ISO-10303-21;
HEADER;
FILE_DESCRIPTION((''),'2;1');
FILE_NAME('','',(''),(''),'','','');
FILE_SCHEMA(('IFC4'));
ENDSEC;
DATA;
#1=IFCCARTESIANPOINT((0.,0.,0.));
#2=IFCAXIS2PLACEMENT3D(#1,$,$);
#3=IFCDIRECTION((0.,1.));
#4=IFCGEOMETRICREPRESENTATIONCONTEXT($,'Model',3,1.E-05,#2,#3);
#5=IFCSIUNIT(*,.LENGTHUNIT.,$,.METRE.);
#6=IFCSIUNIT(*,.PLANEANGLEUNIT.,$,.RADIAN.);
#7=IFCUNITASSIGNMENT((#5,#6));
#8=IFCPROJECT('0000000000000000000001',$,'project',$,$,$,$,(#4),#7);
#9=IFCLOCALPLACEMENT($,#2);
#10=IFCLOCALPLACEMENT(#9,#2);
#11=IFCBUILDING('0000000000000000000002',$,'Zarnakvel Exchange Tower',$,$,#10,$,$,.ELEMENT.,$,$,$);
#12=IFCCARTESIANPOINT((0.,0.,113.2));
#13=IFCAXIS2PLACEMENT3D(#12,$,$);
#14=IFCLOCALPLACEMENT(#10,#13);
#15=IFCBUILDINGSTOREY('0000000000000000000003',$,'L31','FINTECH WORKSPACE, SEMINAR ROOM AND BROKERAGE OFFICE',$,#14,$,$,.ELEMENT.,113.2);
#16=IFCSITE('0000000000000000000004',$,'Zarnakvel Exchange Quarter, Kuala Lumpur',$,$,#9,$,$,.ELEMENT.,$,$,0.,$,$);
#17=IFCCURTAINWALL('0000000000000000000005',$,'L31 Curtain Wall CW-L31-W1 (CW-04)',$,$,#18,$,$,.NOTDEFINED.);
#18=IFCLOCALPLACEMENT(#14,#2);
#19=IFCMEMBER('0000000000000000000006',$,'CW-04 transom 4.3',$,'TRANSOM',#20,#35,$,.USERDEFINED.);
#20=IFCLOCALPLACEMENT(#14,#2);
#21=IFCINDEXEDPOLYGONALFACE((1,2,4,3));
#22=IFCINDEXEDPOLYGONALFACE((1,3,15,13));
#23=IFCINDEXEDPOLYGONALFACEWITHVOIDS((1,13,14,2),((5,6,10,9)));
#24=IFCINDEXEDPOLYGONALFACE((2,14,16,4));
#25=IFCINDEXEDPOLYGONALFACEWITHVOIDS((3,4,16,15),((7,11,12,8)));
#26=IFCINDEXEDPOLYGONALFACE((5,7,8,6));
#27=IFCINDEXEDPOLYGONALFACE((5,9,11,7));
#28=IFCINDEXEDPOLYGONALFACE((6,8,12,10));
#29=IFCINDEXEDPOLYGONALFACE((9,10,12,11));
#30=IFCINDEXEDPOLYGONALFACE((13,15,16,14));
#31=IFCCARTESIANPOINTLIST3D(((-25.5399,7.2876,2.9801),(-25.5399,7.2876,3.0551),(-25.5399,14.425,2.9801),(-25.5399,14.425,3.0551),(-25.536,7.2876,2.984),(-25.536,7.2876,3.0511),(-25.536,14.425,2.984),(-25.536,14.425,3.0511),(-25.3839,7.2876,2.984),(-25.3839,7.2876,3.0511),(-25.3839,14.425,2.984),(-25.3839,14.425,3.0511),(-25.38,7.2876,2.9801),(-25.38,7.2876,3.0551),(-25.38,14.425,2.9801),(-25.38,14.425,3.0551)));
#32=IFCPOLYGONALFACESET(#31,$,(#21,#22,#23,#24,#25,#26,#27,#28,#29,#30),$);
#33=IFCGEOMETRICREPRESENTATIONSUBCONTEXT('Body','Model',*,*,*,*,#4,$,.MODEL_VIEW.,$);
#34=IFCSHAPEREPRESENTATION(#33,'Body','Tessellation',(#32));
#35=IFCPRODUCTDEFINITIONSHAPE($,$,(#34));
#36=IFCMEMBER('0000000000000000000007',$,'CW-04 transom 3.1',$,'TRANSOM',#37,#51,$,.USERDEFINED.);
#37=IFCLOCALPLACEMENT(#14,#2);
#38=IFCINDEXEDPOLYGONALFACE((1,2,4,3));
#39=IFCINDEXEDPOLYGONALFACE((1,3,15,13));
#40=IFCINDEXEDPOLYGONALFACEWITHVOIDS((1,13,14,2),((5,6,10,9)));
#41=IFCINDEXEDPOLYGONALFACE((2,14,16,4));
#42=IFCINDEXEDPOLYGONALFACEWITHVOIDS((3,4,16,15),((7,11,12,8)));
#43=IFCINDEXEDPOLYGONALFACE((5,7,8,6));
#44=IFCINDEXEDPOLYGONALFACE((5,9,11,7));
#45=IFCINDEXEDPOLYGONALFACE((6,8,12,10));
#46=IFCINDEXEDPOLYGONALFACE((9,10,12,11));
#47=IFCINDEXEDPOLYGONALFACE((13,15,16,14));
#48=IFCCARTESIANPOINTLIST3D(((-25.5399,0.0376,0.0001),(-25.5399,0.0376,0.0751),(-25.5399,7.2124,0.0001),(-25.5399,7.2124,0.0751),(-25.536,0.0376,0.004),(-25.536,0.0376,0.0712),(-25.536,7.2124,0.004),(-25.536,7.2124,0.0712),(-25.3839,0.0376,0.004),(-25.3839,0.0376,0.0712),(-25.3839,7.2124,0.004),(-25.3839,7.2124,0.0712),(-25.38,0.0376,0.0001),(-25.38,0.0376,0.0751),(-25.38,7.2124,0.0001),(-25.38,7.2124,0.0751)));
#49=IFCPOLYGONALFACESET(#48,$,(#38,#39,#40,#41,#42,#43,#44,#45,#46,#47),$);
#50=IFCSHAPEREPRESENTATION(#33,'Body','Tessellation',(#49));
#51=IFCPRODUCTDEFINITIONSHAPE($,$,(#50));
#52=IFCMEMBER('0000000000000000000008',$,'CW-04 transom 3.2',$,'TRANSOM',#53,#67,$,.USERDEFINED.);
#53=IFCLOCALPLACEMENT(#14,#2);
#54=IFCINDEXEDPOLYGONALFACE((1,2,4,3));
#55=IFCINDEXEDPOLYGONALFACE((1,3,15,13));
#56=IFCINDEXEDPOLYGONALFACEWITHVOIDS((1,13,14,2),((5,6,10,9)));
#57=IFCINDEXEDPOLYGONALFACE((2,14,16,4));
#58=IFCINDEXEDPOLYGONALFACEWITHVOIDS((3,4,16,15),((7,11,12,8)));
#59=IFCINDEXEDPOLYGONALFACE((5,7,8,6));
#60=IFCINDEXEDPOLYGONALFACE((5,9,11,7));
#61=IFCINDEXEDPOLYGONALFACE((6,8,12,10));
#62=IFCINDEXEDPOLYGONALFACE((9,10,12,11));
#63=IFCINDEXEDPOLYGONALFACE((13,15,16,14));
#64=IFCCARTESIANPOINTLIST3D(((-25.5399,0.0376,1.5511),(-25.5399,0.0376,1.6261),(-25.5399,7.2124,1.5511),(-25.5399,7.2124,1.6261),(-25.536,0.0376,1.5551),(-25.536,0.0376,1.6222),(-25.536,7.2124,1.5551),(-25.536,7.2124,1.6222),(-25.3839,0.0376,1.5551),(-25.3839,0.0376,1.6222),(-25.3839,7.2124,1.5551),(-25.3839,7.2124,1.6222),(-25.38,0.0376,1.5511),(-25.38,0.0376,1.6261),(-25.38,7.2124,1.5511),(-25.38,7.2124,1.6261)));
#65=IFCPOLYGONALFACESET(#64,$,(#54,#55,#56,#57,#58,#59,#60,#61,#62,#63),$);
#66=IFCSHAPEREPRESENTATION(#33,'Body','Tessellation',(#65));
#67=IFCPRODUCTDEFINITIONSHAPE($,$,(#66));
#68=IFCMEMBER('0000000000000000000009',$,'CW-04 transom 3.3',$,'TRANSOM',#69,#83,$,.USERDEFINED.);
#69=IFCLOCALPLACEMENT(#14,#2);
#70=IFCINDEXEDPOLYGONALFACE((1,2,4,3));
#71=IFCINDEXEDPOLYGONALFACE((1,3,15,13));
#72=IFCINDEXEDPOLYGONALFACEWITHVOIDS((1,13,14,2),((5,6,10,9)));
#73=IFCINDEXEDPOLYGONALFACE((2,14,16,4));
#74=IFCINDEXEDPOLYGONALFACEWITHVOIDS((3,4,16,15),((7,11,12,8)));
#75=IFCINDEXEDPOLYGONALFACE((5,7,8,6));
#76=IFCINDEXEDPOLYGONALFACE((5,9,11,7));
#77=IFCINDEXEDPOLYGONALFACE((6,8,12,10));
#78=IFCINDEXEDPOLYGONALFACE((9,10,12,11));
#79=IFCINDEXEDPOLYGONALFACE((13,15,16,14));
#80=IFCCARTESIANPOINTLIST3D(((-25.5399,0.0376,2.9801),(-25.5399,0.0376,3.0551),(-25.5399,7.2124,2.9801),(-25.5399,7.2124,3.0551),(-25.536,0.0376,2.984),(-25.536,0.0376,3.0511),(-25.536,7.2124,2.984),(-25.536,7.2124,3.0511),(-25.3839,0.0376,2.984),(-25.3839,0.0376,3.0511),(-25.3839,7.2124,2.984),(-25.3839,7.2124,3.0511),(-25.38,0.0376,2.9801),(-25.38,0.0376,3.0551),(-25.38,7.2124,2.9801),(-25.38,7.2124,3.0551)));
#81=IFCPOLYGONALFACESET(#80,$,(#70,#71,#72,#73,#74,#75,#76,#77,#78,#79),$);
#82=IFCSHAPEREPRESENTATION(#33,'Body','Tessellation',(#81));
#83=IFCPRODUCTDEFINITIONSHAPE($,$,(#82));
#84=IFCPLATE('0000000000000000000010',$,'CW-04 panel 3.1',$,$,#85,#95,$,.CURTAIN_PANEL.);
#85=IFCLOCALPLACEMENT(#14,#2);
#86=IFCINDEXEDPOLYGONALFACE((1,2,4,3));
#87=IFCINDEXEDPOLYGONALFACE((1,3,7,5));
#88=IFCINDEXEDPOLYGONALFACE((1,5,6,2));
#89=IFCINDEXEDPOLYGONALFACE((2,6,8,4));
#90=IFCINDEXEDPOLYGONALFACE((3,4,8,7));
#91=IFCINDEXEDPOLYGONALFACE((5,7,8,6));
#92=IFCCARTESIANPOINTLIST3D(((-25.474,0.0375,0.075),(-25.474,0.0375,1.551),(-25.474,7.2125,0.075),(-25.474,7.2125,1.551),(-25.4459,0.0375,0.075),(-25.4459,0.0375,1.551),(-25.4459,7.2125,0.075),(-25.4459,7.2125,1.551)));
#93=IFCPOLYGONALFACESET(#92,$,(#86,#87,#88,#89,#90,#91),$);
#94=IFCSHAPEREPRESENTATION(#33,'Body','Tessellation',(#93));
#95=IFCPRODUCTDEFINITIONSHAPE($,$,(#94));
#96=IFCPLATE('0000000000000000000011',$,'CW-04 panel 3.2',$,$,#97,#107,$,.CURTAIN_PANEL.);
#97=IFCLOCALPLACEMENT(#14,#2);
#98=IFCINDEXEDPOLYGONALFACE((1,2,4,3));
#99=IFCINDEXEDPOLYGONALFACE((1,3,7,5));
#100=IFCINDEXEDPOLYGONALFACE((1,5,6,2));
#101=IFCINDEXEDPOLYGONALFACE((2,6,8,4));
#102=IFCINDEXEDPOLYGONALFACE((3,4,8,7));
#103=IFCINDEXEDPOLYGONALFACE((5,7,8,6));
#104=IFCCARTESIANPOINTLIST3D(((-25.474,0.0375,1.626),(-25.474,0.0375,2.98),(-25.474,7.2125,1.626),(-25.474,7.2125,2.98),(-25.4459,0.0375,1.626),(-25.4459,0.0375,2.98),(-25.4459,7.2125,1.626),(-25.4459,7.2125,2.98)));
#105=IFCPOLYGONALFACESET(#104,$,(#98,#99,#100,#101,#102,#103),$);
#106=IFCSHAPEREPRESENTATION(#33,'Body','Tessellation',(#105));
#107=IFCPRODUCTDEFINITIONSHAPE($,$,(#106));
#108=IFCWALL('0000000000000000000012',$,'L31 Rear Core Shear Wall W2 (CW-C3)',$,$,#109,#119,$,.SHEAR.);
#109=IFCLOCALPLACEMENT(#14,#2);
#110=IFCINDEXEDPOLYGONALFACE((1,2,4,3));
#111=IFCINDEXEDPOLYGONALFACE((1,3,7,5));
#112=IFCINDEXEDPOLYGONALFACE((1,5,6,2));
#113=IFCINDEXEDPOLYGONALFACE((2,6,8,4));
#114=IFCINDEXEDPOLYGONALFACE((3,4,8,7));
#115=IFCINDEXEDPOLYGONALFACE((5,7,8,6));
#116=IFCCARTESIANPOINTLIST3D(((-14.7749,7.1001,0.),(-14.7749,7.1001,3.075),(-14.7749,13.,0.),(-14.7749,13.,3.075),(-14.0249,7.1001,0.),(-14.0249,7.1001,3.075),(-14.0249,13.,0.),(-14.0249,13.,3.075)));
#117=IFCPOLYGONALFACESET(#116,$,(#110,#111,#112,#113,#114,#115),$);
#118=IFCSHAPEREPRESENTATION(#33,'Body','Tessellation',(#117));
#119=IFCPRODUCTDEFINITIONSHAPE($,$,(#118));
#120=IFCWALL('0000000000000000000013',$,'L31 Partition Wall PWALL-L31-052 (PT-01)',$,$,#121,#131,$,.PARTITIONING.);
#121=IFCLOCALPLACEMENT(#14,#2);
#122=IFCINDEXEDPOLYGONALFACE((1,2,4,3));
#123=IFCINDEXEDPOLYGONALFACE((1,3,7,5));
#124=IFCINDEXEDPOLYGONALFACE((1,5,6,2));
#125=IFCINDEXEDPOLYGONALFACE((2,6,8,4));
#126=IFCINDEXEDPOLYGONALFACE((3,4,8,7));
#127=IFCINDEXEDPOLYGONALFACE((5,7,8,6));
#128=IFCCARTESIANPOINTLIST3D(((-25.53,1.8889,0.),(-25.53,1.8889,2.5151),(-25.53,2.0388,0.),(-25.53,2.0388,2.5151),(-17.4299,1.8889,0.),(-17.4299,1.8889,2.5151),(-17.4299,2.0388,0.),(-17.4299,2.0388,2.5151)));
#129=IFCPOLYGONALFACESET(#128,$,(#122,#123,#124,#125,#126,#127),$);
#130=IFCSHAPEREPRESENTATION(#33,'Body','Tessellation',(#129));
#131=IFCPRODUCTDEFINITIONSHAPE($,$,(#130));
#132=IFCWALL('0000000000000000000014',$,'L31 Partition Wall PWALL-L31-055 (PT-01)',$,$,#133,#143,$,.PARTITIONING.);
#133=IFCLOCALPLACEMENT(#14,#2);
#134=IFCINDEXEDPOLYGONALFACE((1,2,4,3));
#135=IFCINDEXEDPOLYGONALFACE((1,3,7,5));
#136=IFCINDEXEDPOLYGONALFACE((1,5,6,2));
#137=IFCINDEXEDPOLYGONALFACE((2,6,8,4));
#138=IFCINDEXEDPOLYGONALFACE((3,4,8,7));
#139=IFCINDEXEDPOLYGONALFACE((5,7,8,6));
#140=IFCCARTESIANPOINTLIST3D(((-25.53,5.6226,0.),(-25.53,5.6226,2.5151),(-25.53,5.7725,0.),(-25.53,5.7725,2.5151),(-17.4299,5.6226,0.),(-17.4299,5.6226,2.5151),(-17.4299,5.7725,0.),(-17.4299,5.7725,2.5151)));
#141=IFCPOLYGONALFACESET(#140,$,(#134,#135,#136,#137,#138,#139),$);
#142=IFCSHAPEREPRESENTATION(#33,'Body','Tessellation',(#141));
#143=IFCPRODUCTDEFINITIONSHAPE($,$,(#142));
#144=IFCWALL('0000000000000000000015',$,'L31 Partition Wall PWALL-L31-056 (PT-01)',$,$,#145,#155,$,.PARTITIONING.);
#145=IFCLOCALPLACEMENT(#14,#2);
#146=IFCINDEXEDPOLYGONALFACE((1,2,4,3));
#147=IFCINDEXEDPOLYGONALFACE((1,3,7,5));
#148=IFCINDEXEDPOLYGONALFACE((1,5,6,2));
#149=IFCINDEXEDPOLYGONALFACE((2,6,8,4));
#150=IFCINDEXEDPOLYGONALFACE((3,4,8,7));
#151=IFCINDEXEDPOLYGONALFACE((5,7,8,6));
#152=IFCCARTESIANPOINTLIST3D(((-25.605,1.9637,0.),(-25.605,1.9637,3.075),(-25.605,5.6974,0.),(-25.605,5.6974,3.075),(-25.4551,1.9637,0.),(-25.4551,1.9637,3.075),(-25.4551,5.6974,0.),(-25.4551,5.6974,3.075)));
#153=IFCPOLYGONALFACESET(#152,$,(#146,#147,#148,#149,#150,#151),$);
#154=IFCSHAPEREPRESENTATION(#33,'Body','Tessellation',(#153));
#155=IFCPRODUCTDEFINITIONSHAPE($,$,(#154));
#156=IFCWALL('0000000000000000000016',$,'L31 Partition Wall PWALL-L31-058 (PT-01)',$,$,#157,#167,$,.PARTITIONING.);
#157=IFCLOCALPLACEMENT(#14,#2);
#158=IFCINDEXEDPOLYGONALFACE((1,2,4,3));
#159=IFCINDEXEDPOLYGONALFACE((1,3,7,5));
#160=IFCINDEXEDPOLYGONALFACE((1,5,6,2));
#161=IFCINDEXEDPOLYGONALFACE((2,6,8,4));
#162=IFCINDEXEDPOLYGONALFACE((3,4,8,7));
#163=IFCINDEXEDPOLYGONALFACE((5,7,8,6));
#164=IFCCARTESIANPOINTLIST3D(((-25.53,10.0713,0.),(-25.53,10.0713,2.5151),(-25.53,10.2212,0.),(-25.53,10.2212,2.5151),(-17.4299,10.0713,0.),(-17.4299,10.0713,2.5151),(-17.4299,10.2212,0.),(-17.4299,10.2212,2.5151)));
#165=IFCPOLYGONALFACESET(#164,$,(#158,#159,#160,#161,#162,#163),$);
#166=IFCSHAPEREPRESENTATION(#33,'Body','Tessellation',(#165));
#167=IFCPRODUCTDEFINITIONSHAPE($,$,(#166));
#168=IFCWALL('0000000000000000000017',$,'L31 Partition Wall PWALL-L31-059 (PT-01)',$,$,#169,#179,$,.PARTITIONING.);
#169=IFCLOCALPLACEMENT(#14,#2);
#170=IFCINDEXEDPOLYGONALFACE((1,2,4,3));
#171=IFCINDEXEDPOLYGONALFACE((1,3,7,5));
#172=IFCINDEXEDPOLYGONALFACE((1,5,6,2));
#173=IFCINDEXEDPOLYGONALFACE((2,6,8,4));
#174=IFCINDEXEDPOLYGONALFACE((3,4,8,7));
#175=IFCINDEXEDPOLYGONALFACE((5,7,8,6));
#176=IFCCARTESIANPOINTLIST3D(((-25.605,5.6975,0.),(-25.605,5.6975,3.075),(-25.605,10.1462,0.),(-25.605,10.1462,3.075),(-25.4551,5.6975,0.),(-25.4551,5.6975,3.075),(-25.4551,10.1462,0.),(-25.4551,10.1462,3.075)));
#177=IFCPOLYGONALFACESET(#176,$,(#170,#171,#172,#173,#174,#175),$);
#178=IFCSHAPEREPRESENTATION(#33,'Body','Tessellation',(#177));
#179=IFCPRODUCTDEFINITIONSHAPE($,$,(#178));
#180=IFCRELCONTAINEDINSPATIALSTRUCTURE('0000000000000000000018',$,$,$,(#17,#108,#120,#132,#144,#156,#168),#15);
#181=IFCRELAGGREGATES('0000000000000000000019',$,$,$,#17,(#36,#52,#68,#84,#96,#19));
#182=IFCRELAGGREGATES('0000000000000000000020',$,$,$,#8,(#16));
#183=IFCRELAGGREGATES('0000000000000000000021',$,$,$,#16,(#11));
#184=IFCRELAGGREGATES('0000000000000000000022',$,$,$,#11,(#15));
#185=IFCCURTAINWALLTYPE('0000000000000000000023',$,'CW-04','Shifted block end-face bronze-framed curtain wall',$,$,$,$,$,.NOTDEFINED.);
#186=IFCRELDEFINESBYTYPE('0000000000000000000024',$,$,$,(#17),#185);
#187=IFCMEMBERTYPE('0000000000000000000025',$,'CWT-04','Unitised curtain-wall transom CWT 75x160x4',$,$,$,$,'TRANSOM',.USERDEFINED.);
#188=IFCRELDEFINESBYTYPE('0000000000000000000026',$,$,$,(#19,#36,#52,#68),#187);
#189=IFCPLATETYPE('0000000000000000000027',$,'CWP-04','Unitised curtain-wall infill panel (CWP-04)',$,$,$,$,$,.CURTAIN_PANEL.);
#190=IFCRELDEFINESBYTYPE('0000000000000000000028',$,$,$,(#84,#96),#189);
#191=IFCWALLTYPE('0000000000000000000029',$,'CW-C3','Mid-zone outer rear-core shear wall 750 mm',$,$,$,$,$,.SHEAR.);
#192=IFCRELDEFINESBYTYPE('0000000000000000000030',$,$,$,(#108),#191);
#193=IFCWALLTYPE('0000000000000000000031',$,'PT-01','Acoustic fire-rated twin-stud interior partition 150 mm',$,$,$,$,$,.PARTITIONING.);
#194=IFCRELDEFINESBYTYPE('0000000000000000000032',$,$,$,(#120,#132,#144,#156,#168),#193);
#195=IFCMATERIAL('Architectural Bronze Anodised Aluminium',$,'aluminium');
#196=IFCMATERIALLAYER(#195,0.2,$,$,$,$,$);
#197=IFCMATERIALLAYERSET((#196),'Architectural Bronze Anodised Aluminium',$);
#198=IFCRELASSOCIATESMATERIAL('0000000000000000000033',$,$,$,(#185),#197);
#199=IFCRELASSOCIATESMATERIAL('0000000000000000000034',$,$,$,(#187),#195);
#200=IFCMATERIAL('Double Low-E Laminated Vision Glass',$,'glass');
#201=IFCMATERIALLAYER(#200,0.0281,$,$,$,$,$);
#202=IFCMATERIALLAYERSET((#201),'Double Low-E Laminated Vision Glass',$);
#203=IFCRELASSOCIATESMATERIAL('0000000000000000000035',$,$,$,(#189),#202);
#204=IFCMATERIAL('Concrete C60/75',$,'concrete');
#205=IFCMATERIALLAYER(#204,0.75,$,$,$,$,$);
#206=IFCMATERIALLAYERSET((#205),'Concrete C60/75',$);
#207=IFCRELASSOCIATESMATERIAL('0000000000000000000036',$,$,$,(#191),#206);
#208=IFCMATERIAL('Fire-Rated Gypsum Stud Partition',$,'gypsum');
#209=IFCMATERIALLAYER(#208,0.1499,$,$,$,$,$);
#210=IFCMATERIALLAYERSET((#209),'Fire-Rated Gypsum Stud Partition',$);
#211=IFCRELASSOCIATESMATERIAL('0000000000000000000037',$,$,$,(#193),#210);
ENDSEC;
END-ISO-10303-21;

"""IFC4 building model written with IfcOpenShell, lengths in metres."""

from ifc_helpers import new_model, si_unit, direction, frame, frame_2d, origin, origin_2d, place, context, subcontext, project, spatial, rectangle, hollow_rectangle, extrude, source, transform, mapped, material, layer, layer_set, material_profile, profile_set, type_object, element, aggregate, save


model = new_model("IFC4")

# Units and contexts
model_context = context("Model", 3, precision=1e-05, world=origin(), true_north=direction((0.0, 1.0)))
body_context = subcontext(model_context, "Body", "Model", "MODEL_VIEW")
ifc_project = project(units=[si_unit("LENGTHUNIT", "METRE"), si_unit("PLANEANGLEUNIT", "RADIAN")], contexts=[model_context])

# Site, building, storey
site_placement = place(None, origin())
site = spatial("IfcSite", under=ifc_project, at=site_placement, Name="Zarnakvel Exchange Quarter, Kuala Lumpur", CompositionType="ELEMENT", RefElevation=0.0)
building_placement = place(site_placement, origin())
building = spatial("IfcBuilding", under=site, at=building_placement, Name="Zarnakvel Exchange Tower", CompositionType="ELEMENT")
storey_placement = place(building_placement, frame((0.0, 0.0, 113.2)))
storey = spatial("IfcBuildingStorey", under=building, at=storey_placement, Name="L31", Description="FINTECH WORKSPACE, SEMINAR ROOM AND BROKERAGE OFFICE", CompositionType="ELEMENT", Elevation=113.2)

# Shared definitions
ifc_material_1 = material(Name="Concrete C60/75", Category="concrete")

# Curtain wall, members, plates
ifc_material_2 = material(Name="Architectural Bronze Anodised Aluminium", Category="aluminium")
ifc_layer_1 = layer(ifc_material_2, 0.2)
ifc_layer_set_1 = layer_set([ifc_layer_1], Name="Architectural Bronze Anodised Aluminium")
curtain_wall_type = type_object("IfcCurtainWallType", Name="CW-04", Description="Shifted block end-face bronze-framed curtain wall", PredefinedType="NOTDEFINED", material=ifc_layer_set_1)
curtain_wall_placement = place(storey_placement, origin())
curtain_wall = element("IfcCurtainWall", 1, at=curtain_wall_placement, inside=storey, type_object=curtain_wall_type, Name="L31 Curtain Wall CW-L31-W1 (CW-04)", PredefinedType="NOTDEFINED")
ifc_material_profile_1 = material_profile(ifc_material_2, hollow_rectangle(XDim=0.1599, YDim=0.075, WallThickness=0.0039, at=origin_2d()))
ifc_profile_set_1 = profile_set([ifc_material_profile_1], Name="Architectural Bronze Anodised Aluminium")
member_type_1 = type_object("IfcMemberType", Name="CWT-04", Description="Unitised curtain-wall transom CWT 75x160x4", ElementType="TRANSOM", PredefinedType="USERDEFINED", material=ifc_profile_set_1)
shared_shape_1 = source(origin(), body_context, "Body", "SweptSolid", [
    extrude(hollow_rectangle(XDim=0.1599, YDim=0.075, WallThickness=0.0039, at=origin_2d()), origin(), (0.0, 0.0, 1.0), 7.1375),
])
member_1_placement = place(storey_placement, frame((-25.46, 7.2876, 3.0176), z_axis=(0.0, 1.0, 0.0), x_axis=(-1.0, 0.0, 0.0)))
member_1 = element("IfcMember", 2, at=member_1_placement, type_object=member_type_1, Name="CW-04 transom 4.3", ObjectType="TRANSOM", PredefinedType="USERDEFINED", context=body_context, shape_type="MappedRepresentation", body=[
    mapped(shared_shape_1, transform((0.0, 0.0, 0.0), x_axis=(1.0, 0.0, 0.0), y_axis=(0.0, 1.0, 0.0), z_axis=(0.0, 0.0, 1.0), scale=1.0)),
])
shared_shape_2 = source(origin(), body_context, "Body", "SweptSolid", [
    extrude(hollow_rectangle(XDim=0.1599, YDim=0.075, WallThickness=0.0039, at=origin_2d()), origin(), (0.0, 0.0, 1.0), 7.1748),
])
member_2_placement = place(storey_placement, frame((-25.46, 0.0376, 0.0376), z_axis=(0.0, 1.0, 0.0), x_axis=(-1.0, 0.0, 0.0)))
member_2 = element("IfcMember", 3, at=member_2_placement, type_object=member_type_1, Name="CW-04 transom 3.1", ObjectType="TRANSOM", PredefinedType="USERDEFINED", context=body_context, shape_type="MappedRepresentation", body=[
    mapped(shared_shape_2, transform((0.0, 0.0, 0.0), x_axis=(1.0, 0.0, 0.0), y_axis=(0.0, 1.0, 0.0), z_axis=(0.0, 0.0, 1.0), scale=1.0)),
])
member_3_placement = place(storey_placement, frame((-25.46, 0.0376, 1.5886), z_axis=(0.0, 1.0, 0.0), x_axis=(-1.0, 0.0, 0.0)))
member_3 = element("IfcMember", 4, at=member_3_placement, type_object=member_type_1, Name="CW-04 transom 3.2", ObjectType="TRANSOM", PredefinedType="USERDEFINED", context=body_context, shape_type="MappedRepresentation", body=[
    mapped(shared_shape_2, transform((0.0, 0.0, 0.0), x_axis=(1.0, 0.0, 0.0), y_axis=(0.0, 1.0, 0.0), z_axis=(0.0, 0.0, 1.0), scale=1.0)),
])
member_4_placement = place(storey_placement, frame((-25.46, 0.0376, 3.0176), z_axis=(0.0, 1.0, 0.0), x_axis=(-1.0, 0.0, 0.0)))
member_4 = element("IfcMember", 5, at=member_4_placement, type_object=member_type_1, Name="CW-04 transom 3.3", ObjectType="TRANSOM", PredefinedType="USERDEFINED", context=body_context, shape_type="MappedRepresentation", body=[
    mapped(shared_shape_2, transform((0.0, 0.0, 0.0), x_axis=(1.0, 0.0, 0.0), y_axis=(0.0, 1.0, 0.0), z_axis=(0.0, 0.0, 1.0), scale=1.0)),
])
ifc_material_3 = material(Name="Double Low-E Laminated Vision Glass", Category="glass")
ifc_layer_2 = layer(ifc_material_3, 0.0281)
ifc_layer_set_2 = layer_set([ifc_layer_2], Name="Double Low-E Laminated Vision Glass")
plate_type = type_object("IfcPlateType", Name="CWP-04", Description="Unitised curtain-wall infill panel (CWP-04)", PredefinedType="CURTAIN_PANEL", material=ifc_layer_set_2)
shared_shape_3 = source(origin(), body_context, "Body", "SweptSolid", [
    extrude(rectangle(XDim=7.175, YDim=0.0281, at=origin_2d()), origin(), (0.0, 0.0, 1.0), 1.4761),
])
plate_1_placement = place(storey_placement, frame((-25.46, 3.625, 0.075), z_axis=(0.0, 0.0, 1.0), x_axis=(0.0, 1.0, 0.0)))
plate_1 = element("IfcPlate", 6, at=plate_1_placement, type_object=plate_type, Name="CW-04 panel 3.1", PredefinedType="CURTAIN_PANEL", context=body_context, shape_type="MappedRepresentation", body=[
    mapped(shared_shape_3, transform((0.0, 0.0, 0.0), x_axis=(1.0, 0.0, 0.0), y_axis=(0.0, 1.0, 0.0), z_axis=(0.0, 0.0, 1.0), scale=1.0)),
])
shared_shape_4 = source(origin(), body_context, "Body", "SweptSolid", [
    extrude(rectangle(XDim=7.175, YDim=0.0281, at=origin_2d()), origin(), (0.0, 0.0, 1.0), 1.354),
])
plate_2_placement = place(storey_placement, frame((-25.46, 3.625, 1.626), z_axis=(0.0, 0.0, 1.0), x_axis=(0.0, 1.0, 0.0)))
plate_2 = element("IfcPlate", 7, at=plate_2_placement, type_object=plate_type, Name="CW-04 panel 3.2", PredefinedType="CURTAIN_PANEL", context=body_context, shape_type="MappedRepresentation", body=[
    mapped(shared_shape_4, transform((0.0, 0.0, 0.0), x_axis=(1.0, 0.0, 0.0), y_axis=(0.0, 1.0, 0.0), z_axis=(0.0, 0.0, 1.0), scale=1.0)),
])
aggregate(curtain_wall, [member_2, member_3, member_4, plate_1, plate_2, member_1])

# Walls
ifc_layer_3 = layer(ifc_material_1, 0.75)
ifc_layer_set_3 = layer_set([ifc_layer_3], Name="Concrete C60/75")
wall_type_1 = type_object("IfcWallType", Name="CW-C3", Description="Mid-zone outer rear-core shear wall 750 mm", PredefinedType="SHEAR", material=ifc_layer_set_3)
wall_1_placement = place(storey_placement, frame((-14.3999, 7.1001, 0.0), z_axis=(0.0, 0.0, 1.0), x_axis=(0.0, 1.0, 0.0)))
element("IfcWall", 8, at=wall_1_placement, inside=storey, type_object=wall_type_1, Name="L31 Rear Core Shear Wall W2 (CW-C3)", PredefinedType="SHEAR", context=body_context, shape_type="SweptSolid", body=[
    extrude(rectangle(XDim=5.8999, YDim=0.75, at=frame_2d((2.95, 0.0))), origin(), (0.0, 0.0, 1.0), 3.075),
])
ifc_material_4 = material(Name="Fire-Rated Gypsum Stud Partition", Category="gypsum")
ifc_layer_4 = layer(ifc_material_4, 0.1499)
ifc_layer_set_4 = layer_set([ifc_layer_4], Name="Fire-Rated Gypsum Stud Partition")
wall_type_2 = type_object("IfcWallType", Name="PT-01", Description="Acoustic fire-rated twin-stud interior partition 150 mm", PredefinedType="PARTITIONING", material=ifc_layer_set_4)
wall_2_placement = place(storey_placement, frame((-25.53, 1.9639, 0.0), z_axis=(0.0, 0.0, 1.0), x_axis=(1.0, 0.0, 0.0)))
element("IfcWall", 9, at=wall_2_placement, inside=storey, type_object=wall_type_2, Name="L31 Partition Wall PWALL-L31-052 (PT-01)", PredefinedType="PARTITIONING", context=body_context, shape_type="SweptSolid", body=[
    extrude(rectangle(XDim=8.1001, YDim=0.1499, at=frame_2d((4.05, 0.0))), origin(), (0.0, 0.0, 1.0), 2.5151),
])

# Walls
wall_3_placement = place(storey_placement, frame((-25.53, 5.6975, 0.0), z_axis=(0.0, 0.0, 1.0), x_axis=(1.0, 0.0, 0.0)))
element("IfcWall", 10, at=wall_3_placement, inside=storey, type_object=wall_type_2, Name="L31 Partition Wall PWALL-L31-055 (PT-01)", PredefinedType="PARTITIONING", context=body_context, shape_type="SweptSolid", body=[
    extrude(rectangle(XDim=8.1001, YDim=0.1499, at=frame_2d((4.05, 0.0))), origin(), (0.0, 0.0, 1.0), 2.5151),
])
wall_4_placement = place(storey_placement, frame((-25.53, 1.9639, 0.0), z_axis=(0.0, 0.0, 1.0), x_axis=(0.0, 1.0, 0.0)))
element("IfcWall", 11, at=wall_4_placement, inside=storey, type_object=wall_type_2, Name="L31 Partition Wall PWALL-L31-056 (PT-01)", PredefinedType="PARTITIONING", context=body_context, shape_type="SweptSolid", body=[
    extrude(rectangle(XDim=3.7336, YDim=0.1499, at=frame_2d((1.8667, 0.0))), origin(), (0.0, 0.0, 1.0), 3.075),
])

# Walls
wall_5_placement = place(storey_placement, frame((-25.53, 10.1462, 0.0), z_axis=(0.0, 0.0, 1.0), x_axis=(1.0, 0.0, 0.0)))
element("IfcWall", 12, at=wall_5_placement, inside=storey, type_object=wall_type_2, Name="L31 Partition Wall PWALL-L31-058 (PT-01)", PredefinedType="PARTITIONING", context=body_context, shape_type="SweptSolid", body=[
    extrude(rectangle(XDim=8.1001, YDim=0.1499, at=frame_2d((4.05, 0.0))), origin(), (0.0, 0.0, 1.0), 2.5151),
])
wall_6_placement = place(storey_placement, frame((-25.53, 5.6975, 0.0), z_axis=(0.0, 0.0, 1.0), x_axis=(0.0, 1.0, 0.0)))
element("IfcWall", 13, at=wall_6_placement, inside=storey, type_object=wall_type_2, Name="L31 Partition Wall PWALL-L31-059 (PT-01)", PredefinedType="PARTITIONING", context=body_context, shape_type="SweptSolid", body=[
    extrude(rectangle(XDim=4.4487, YDim=0.1499, at=frame_2d((2.2244, 0.0))), origin(), (0.0, 0.0, 1.0), 3.075),
])

save(model, "model.ifc")
